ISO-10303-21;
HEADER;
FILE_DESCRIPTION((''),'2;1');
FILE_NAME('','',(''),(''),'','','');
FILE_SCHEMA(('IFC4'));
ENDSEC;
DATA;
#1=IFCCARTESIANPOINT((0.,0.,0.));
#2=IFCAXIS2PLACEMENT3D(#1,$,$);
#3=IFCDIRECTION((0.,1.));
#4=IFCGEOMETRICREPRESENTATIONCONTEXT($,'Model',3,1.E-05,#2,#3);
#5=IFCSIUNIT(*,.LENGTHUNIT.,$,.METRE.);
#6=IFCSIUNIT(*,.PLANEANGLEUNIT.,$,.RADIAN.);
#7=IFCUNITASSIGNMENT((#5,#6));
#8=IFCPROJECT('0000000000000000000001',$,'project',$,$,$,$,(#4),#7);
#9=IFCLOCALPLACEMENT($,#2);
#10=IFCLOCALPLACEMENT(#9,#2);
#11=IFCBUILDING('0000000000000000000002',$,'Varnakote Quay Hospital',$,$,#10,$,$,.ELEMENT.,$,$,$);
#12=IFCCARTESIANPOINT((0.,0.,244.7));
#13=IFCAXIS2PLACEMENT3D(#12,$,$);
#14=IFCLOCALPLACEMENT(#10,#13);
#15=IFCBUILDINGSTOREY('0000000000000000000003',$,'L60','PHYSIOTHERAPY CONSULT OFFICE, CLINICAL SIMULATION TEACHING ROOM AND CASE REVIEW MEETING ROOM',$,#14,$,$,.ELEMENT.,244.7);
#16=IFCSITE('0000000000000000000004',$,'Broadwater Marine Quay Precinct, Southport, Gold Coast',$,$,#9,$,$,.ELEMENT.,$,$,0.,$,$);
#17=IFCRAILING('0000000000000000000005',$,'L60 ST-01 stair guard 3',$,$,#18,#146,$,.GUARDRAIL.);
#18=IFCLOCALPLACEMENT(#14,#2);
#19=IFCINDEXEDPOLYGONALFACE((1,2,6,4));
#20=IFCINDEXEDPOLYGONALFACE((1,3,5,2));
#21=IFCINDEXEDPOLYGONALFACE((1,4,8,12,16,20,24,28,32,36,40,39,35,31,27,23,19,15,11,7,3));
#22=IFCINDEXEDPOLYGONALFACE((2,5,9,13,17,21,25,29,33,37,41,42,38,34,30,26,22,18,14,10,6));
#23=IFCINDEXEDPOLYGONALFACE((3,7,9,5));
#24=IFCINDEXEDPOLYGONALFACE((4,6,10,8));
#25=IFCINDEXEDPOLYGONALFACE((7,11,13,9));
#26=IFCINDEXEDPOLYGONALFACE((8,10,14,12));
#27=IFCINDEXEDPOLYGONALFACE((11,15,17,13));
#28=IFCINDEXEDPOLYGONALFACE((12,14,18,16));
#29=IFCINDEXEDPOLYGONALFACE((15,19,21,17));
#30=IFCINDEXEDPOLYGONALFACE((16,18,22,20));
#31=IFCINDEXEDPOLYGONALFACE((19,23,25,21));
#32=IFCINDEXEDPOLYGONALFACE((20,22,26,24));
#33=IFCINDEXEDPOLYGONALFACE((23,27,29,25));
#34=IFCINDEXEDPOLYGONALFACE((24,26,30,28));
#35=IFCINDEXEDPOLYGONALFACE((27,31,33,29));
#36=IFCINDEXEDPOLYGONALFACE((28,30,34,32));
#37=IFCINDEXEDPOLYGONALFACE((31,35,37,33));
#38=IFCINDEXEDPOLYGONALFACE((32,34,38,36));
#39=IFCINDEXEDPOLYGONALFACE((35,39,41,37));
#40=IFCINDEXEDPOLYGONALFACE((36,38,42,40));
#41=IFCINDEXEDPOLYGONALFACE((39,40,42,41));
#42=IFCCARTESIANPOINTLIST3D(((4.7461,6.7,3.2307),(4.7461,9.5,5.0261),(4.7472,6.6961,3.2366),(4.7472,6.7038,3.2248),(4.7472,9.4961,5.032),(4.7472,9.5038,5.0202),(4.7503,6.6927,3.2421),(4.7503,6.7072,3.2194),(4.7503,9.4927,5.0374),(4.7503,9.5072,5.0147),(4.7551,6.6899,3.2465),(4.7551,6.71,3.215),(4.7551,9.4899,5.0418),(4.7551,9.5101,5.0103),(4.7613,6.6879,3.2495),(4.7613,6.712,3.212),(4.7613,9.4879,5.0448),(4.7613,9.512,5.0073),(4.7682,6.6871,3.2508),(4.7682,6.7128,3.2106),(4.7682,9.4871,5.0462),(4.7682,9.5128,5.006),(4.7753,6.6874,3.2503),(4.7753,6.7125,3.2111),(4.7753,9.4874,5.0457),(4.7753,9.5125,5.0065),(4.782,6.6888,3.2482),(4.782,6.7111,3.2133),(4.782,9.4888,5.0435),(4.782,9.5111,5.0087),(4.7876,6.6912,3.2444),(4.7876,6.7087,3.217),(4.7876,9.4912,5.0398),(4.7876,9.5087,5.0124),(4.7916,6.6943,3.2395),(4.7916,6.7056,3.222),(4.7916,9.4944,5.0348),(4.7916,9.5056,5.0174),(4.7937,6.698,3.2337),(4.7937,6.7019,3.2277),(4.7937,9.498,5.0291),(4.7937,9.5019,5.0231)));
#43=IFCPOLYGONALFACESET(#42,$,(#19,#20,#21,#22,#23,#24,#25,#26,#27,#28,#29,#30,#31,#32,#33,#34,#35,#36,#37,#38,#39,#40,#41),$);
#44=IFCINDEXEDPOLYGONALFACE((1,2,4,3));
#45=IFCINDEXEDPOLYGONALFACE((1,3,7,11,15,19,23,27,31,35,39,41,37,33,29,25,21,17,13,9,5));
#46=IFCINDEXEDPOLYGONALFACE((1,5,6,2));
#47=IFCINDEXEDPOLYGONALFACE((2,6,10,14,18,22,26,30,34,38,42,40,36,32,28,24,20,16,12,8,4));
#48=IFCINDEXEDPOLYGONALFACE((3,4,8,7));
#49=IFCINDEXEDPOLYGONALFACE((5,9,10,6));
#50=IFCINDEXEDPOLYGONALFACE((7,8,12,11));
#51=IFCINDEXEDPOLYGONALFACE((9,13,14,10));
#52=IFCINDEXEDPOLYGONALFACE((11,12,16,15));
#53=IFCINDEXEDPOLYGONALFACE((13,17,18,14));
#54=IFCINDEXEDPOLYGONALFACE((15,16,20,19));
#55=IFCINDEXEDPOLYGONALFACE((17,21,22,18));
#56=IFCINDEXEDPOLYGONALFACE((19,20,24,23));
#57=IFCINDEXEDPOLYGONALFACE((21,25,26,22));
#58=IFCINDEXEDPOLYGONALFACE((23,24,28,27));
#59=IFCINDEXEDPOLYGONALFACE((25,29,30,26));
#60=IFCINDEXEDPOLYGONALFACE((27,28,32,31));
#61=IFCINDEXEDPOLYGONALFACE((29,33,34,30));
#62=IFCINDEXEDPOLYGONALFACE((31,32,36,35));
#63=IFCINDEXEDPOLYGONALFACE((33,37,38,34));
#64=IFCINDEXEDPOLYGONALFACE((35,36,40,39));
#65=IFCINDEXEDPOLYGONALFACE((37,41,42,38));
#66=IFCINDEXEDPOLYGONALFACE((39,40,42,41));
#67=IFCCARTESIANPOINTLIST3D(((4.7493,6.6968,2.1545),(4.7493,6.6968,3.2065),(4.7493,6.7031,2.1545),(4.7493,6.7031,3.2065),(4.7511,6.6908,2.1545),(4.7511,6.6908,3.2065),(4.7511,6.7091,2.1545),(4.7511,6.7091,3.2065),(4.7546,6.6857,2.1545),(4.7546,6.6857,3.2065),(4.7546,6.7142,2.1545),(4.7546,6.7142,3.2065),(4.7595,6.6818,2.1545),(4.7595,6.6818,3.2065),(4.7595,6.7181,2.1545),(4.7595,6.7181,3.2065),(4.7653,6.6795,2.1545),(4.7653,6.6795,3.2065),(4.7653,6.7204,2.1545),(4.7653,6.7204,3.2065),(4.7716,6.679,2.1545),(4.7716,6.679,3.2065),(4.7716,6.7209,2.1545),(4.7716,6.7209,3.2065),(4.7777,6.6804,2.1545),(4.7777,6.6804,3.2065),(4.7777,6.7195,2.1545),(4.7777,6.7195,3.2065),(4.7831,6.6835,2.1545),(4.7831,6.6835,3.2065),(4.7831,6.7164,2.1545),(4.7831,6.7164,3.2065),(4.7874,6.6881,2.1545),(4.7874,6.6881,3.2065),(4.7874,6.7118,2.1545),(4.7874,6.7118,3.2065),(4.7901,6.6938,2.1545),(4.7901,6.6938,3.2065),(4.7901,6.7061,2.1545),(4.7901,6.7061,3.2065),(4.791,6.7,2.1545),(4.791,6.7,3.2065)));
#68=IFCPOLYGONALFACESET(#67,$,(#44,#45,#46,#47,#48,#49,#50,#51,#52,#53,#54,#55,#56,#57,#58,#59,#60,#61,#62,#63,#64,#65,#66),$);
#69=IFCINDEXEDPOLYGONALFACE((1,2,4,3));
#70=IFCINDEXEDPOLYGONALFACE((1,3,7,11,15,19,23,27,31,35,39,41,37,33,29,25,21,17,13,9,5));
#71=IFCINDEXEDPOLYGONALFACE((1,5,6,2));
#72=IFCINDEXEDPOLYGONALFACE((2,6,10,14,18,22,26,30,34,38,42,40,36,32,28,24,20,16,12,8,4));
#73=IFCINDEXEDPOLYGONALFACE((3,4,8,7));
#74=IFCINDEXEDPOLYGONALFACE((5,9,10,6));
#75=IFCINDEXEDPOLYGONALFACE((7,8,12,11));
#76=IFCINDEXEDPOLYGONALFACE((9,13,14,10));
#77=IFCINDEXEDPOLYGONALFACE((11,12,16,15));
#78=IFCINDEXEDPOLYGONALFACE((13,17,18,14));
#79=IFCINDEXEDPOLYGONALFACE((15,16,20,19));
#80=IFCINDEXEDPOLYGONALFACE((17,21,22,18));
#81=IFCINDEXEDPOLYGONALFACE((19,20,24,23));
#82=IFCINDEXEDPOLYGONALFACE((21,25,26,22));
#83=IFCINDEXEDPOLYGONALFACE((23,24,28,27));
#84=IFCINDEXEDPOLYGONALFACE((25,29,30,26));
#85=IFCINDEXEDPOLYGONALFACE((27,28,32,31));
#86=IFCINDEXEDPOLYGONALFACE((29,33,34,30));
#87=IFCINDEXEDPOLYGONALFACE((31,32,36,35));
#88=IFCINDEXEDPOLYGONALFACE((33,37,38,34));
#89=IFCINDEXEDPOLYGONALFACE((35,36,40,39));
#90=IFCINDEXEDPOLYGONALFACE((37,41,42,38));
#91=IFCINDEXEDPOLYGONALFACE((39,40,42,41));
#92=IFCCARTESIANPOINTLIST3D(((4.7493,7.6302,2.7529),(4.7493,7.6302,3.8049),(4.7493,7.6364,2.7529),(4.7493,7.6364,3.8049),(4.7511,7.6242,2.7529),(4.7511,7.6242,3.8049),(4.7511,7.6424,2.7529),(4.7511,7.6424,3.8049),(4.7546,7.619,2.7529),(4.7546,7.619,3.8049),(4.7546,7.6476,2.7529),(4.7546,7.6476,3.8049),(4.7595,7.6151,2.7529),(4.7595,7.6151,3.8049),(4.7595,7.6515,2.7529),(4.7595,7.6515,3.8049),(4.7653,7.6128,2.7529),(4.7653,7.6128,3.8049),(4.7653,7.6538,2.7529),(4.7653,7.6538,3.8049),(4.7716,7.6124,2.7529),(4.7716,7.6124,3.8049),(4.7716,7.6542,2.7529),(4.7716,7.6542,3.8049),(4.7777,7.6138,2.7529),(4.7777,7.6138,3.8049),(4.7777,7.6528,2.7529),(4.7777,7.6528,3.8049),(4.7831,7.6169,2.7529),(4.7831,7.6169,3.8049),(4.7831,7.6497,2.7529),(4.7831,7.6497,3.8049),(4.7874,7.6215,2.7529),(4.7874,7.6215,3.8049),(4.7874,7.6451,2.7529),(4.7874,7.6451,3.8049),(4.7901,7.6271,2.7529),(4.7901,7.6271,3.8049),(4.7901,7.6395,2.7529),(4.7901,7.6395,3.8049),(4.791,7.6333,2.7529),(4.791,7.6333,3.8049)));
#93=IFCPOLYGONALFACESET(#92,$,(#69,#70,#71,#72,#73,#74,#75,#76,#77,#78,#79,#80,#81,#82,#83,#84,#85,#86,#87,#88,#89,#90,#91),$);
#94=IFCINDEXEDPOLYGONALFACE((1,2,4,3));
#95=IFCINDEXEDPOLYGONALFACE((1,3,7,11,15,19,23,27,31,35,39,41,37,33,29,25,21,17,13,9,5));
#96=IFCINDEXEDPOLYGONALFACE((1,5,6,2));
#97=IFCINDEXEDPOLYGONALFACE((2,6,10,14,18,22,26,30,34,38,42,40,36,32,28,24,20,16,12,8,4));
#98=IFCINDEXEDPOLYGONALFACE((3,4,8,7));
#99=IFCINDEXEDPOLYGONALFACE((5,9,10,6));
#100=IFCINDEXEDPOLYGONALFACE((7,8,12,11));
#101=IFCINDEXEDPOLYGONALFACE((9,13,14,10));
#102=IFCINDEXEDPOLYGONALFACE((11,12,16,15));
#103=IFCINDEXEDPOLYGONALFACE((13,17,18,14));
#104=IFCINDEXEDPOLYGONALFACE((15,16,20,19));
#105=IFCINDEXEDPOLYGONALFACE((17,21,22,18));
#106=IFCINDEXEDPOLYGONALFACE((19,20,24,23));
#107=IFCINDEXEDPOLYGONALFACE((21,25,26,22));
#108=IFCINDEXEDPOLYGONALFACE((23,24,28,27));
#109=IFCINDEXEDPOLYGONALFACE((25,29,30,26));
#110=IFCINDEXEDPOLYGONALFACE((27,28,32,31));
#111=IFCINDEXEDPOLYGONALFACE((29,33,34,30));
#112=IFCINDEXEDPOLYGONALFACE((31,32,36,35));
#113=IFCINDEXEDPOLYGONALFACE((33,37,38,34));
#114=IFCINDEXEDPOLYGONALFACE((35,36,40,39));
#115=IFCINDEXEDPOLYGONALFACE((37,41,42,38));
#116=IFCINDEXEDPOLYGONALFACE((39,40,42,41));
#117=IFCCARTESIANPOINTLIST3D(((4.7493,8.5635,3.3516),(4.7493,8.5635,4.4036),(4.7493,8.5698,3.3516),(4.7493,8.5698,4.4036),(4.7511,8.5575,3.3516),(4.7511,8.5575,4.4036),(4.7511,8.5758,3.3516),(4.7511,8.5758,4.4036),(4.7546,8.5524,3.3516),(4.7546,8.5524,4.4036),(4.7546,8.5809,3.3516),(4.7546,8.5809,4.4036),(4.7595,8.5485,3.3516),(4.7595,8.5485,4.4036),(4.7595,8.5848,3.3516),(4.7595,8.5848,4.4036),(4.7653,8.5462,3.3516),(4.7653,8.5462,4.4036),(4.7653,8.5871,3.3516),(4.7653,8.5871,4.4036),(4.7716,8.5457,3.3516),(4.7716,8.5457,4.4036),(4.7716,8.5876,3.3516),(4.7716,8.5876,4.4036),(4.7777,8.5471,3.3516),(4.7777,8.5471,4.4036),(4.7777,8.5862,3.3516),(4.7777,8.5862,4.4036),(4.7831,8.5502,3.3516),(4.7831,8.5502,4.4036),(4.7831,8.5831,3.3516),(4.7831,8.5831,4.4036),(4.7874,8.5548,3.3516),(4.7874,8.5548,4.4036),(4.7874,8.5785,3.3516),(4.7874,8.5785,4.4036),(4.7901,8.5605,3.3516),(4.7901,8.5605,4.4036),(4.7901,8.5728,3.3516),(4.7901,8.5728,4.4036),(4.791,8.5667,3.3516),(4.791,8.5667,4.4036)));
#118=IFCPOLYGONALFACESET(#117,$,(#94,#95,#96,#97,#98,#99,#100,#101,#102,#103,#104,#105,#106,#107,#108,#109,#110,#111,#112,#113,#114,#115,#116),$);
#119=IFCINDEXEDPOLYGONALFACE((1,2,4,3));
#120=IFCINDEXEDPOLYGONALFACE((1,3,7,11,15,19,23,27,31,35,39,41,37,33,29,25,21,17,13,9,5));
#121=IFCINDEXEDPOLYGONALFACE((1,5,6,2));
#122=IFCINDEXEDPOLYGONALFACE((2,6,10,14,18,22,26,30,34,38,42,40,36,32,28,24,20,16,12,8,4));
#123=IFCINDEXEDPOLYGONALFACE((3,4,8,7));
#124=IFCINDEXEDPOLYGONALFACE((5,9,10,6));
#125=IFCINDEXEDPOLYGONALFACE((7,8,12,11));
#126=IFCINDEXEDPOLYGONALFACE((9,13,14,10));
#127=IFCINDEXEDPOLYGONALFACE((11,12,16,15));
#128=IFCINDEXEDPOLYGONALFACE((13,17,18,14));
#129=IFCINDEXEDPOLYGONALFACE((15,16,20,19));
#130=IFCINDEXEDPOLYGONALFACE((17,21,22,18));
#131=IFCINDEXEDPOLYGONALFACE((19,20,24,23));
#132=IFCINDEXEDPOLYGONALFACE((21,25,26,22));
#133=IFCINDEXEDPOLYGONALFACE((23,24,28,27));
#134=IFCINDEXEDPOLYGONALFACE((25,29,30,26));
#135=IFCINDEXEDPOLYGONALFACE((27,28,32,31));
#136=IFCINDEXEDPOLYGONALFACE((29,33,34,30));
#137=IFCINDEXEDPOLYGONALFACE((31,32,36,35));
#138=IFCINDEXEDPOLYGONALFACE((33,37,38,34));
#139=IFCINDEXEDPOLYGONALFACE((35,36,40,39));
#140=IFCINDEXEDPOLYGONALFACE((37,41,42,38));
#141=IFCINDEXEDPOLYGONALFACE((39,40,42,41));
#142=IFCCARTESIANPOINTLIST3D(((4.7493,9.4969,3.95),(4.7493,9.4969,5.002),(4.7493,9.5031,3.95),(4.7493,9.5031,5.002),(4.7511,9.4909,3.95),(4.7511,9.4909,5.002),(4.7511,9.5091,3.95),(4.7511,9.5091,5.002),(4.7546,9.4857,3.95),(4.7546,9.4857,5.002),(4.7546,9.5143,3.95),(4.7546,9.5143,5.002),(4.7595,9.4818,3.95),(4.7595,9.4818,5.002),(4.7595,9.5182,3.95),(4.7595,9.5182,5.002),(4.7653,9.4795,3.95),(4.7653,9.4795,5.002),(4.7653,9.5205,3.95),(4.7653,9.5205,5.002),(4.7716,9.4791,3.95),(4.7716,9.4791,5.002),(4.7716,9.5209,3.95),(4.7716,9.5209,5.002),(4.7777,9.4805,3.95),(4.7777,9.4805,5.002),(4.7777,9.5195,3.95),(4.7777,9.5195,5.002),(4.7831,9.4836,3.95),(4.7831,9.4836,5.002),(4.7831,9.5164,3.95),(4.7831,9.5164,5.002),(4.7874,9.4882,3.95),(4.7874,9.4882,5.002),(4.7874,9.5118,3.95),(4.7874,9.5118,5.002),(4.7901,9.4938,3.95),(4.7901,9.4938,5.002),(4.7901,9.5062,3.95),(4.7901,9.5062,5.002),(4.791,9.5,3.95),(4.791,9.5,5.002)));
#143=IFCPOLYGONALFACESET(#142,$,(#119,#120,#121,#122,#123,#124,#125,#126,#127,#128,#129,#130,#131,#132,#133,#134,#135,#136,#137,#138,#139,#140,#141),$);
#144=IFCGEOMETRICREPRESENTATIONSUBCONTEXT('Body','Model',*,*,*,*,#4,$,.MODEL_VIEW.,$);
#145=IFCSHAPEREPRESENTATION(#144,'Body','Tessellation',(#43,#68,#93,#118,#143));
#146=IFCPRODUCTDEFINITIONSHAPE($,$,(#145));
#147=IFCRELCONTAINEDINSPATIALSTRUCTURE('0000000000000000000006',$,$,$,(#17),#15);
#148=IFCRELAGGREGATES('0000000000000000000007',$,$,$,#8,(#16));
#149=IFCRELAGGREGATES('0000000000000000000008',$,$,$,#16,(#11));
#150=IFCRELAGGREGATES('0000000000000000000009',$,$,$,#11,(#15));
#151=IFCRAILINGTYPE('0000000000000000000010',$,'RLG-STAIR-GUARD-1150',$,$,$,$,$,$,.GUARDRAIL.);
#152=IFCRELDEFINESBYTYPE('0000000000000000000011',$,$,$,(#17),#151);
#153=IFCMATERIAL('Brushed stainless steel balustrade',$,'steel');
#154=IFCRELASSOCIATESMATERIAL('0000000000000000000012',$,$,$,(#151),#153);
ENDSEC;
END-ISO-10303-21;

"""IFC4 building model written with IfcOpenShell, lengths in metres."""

from ifc_helpers import new_model, si_unit, direction, frame, origin, origin_2d, place, context, subcontext, project, spatial, circle, extrude, material, type_object, element, save


model = new_model("IFC4")

# Units and contexts
model_context = context("Model", 3, precision=1e-05, world=origin(), true_north=direction((0.0, 1.0)))
body_context = subcontext(model_context, "Body", "Model", "MODEL_VIEW")
ifc_project = project(units=[si_unit("LENGTHUNIT", "METRE"), si_unit("PLANEANGLEUNIT", "RADIAN")], contexts=[model_context])

# Site, building, storey
site_placement = place(None, origin())
site = spatial("IfcSite", under=ifc_project, at=site_placement, Name="Broadwater Marine Quay Precinct, Southport, Gold Coast", CompositionType="ELEMENT", RefElevation=0.0)
building_placement = place(site_placement, origin())
building = spatial("IfcBuilding", under=site, at=building_placement, Name="Varnakote Quay Hospital", CompositionType="ELEMENT")
storey_placement = place(building_placement, frame((0.0, 0.0, 244.7)))
storey = spatial("IfcBuildingStorey", under=building, at=storey_placement, Name="L60", Description="PHYSIOTHERAPY CONSULT OFFICE, CLINICAL SIMULATION TEACHING ROOM AND CASE REVIEW MEETING ROOM", CompositionType="ELEMENT", Elevation=244.7)

# Railing
ifc_material_1 = material(Name="Brushed stainless steel balustrade", Category="steel")
railing_type_1 = type_object("IfcRailingType", Name="RLG-STAIR-GUARD-1150", PredefinedType="GUARDRAIL", material=ifc_material_1)
railing_1_placement = place(storey_placement, frame((4.77, 6.7, 2.1545)))
element("IfcRailing", 1, at=railing_1_placement, inside=storey, type_object=railing_type_1, Name="L60 ST-01 stair guard 3", PredefinedType="GUARDRAIL", context=body_context, shape_type="SweptSolid", body=[
    extrude(circle(Radius=0.0239, at=origin_2d()), frame((0.0, 0.0, 1.0762), z_axis=(0.0, 0.84181, 0.539774), x_axis=(-1.0, 0.0, 0.0)), (0.0, 0.0, 1.0), 3.3262),
    extrude(circle(Radius=0.021, at=origin_2d()), origin(), (0.0, 0.0, 1.0), 1.052),
    extrude(circle(Radius=0.021, at=origin_2d()), frame((0.0, 0.9333, 0.5984)), (0.0, 0.0, 1.0), 1.052),
    extrude(circle(Radius=0.021, at=origin_2d()), frame((0.0, 1.8667, 1.197)), (0.0, 0.0, 1.0), 1.052),
    extrude(circle(Radius=0.021, at=origin_2d()), frame((0.0, 2.8, 1.7954)), (0.0, 0.0, 1.0), 1.052),
])

save(model, "model.ifc")
